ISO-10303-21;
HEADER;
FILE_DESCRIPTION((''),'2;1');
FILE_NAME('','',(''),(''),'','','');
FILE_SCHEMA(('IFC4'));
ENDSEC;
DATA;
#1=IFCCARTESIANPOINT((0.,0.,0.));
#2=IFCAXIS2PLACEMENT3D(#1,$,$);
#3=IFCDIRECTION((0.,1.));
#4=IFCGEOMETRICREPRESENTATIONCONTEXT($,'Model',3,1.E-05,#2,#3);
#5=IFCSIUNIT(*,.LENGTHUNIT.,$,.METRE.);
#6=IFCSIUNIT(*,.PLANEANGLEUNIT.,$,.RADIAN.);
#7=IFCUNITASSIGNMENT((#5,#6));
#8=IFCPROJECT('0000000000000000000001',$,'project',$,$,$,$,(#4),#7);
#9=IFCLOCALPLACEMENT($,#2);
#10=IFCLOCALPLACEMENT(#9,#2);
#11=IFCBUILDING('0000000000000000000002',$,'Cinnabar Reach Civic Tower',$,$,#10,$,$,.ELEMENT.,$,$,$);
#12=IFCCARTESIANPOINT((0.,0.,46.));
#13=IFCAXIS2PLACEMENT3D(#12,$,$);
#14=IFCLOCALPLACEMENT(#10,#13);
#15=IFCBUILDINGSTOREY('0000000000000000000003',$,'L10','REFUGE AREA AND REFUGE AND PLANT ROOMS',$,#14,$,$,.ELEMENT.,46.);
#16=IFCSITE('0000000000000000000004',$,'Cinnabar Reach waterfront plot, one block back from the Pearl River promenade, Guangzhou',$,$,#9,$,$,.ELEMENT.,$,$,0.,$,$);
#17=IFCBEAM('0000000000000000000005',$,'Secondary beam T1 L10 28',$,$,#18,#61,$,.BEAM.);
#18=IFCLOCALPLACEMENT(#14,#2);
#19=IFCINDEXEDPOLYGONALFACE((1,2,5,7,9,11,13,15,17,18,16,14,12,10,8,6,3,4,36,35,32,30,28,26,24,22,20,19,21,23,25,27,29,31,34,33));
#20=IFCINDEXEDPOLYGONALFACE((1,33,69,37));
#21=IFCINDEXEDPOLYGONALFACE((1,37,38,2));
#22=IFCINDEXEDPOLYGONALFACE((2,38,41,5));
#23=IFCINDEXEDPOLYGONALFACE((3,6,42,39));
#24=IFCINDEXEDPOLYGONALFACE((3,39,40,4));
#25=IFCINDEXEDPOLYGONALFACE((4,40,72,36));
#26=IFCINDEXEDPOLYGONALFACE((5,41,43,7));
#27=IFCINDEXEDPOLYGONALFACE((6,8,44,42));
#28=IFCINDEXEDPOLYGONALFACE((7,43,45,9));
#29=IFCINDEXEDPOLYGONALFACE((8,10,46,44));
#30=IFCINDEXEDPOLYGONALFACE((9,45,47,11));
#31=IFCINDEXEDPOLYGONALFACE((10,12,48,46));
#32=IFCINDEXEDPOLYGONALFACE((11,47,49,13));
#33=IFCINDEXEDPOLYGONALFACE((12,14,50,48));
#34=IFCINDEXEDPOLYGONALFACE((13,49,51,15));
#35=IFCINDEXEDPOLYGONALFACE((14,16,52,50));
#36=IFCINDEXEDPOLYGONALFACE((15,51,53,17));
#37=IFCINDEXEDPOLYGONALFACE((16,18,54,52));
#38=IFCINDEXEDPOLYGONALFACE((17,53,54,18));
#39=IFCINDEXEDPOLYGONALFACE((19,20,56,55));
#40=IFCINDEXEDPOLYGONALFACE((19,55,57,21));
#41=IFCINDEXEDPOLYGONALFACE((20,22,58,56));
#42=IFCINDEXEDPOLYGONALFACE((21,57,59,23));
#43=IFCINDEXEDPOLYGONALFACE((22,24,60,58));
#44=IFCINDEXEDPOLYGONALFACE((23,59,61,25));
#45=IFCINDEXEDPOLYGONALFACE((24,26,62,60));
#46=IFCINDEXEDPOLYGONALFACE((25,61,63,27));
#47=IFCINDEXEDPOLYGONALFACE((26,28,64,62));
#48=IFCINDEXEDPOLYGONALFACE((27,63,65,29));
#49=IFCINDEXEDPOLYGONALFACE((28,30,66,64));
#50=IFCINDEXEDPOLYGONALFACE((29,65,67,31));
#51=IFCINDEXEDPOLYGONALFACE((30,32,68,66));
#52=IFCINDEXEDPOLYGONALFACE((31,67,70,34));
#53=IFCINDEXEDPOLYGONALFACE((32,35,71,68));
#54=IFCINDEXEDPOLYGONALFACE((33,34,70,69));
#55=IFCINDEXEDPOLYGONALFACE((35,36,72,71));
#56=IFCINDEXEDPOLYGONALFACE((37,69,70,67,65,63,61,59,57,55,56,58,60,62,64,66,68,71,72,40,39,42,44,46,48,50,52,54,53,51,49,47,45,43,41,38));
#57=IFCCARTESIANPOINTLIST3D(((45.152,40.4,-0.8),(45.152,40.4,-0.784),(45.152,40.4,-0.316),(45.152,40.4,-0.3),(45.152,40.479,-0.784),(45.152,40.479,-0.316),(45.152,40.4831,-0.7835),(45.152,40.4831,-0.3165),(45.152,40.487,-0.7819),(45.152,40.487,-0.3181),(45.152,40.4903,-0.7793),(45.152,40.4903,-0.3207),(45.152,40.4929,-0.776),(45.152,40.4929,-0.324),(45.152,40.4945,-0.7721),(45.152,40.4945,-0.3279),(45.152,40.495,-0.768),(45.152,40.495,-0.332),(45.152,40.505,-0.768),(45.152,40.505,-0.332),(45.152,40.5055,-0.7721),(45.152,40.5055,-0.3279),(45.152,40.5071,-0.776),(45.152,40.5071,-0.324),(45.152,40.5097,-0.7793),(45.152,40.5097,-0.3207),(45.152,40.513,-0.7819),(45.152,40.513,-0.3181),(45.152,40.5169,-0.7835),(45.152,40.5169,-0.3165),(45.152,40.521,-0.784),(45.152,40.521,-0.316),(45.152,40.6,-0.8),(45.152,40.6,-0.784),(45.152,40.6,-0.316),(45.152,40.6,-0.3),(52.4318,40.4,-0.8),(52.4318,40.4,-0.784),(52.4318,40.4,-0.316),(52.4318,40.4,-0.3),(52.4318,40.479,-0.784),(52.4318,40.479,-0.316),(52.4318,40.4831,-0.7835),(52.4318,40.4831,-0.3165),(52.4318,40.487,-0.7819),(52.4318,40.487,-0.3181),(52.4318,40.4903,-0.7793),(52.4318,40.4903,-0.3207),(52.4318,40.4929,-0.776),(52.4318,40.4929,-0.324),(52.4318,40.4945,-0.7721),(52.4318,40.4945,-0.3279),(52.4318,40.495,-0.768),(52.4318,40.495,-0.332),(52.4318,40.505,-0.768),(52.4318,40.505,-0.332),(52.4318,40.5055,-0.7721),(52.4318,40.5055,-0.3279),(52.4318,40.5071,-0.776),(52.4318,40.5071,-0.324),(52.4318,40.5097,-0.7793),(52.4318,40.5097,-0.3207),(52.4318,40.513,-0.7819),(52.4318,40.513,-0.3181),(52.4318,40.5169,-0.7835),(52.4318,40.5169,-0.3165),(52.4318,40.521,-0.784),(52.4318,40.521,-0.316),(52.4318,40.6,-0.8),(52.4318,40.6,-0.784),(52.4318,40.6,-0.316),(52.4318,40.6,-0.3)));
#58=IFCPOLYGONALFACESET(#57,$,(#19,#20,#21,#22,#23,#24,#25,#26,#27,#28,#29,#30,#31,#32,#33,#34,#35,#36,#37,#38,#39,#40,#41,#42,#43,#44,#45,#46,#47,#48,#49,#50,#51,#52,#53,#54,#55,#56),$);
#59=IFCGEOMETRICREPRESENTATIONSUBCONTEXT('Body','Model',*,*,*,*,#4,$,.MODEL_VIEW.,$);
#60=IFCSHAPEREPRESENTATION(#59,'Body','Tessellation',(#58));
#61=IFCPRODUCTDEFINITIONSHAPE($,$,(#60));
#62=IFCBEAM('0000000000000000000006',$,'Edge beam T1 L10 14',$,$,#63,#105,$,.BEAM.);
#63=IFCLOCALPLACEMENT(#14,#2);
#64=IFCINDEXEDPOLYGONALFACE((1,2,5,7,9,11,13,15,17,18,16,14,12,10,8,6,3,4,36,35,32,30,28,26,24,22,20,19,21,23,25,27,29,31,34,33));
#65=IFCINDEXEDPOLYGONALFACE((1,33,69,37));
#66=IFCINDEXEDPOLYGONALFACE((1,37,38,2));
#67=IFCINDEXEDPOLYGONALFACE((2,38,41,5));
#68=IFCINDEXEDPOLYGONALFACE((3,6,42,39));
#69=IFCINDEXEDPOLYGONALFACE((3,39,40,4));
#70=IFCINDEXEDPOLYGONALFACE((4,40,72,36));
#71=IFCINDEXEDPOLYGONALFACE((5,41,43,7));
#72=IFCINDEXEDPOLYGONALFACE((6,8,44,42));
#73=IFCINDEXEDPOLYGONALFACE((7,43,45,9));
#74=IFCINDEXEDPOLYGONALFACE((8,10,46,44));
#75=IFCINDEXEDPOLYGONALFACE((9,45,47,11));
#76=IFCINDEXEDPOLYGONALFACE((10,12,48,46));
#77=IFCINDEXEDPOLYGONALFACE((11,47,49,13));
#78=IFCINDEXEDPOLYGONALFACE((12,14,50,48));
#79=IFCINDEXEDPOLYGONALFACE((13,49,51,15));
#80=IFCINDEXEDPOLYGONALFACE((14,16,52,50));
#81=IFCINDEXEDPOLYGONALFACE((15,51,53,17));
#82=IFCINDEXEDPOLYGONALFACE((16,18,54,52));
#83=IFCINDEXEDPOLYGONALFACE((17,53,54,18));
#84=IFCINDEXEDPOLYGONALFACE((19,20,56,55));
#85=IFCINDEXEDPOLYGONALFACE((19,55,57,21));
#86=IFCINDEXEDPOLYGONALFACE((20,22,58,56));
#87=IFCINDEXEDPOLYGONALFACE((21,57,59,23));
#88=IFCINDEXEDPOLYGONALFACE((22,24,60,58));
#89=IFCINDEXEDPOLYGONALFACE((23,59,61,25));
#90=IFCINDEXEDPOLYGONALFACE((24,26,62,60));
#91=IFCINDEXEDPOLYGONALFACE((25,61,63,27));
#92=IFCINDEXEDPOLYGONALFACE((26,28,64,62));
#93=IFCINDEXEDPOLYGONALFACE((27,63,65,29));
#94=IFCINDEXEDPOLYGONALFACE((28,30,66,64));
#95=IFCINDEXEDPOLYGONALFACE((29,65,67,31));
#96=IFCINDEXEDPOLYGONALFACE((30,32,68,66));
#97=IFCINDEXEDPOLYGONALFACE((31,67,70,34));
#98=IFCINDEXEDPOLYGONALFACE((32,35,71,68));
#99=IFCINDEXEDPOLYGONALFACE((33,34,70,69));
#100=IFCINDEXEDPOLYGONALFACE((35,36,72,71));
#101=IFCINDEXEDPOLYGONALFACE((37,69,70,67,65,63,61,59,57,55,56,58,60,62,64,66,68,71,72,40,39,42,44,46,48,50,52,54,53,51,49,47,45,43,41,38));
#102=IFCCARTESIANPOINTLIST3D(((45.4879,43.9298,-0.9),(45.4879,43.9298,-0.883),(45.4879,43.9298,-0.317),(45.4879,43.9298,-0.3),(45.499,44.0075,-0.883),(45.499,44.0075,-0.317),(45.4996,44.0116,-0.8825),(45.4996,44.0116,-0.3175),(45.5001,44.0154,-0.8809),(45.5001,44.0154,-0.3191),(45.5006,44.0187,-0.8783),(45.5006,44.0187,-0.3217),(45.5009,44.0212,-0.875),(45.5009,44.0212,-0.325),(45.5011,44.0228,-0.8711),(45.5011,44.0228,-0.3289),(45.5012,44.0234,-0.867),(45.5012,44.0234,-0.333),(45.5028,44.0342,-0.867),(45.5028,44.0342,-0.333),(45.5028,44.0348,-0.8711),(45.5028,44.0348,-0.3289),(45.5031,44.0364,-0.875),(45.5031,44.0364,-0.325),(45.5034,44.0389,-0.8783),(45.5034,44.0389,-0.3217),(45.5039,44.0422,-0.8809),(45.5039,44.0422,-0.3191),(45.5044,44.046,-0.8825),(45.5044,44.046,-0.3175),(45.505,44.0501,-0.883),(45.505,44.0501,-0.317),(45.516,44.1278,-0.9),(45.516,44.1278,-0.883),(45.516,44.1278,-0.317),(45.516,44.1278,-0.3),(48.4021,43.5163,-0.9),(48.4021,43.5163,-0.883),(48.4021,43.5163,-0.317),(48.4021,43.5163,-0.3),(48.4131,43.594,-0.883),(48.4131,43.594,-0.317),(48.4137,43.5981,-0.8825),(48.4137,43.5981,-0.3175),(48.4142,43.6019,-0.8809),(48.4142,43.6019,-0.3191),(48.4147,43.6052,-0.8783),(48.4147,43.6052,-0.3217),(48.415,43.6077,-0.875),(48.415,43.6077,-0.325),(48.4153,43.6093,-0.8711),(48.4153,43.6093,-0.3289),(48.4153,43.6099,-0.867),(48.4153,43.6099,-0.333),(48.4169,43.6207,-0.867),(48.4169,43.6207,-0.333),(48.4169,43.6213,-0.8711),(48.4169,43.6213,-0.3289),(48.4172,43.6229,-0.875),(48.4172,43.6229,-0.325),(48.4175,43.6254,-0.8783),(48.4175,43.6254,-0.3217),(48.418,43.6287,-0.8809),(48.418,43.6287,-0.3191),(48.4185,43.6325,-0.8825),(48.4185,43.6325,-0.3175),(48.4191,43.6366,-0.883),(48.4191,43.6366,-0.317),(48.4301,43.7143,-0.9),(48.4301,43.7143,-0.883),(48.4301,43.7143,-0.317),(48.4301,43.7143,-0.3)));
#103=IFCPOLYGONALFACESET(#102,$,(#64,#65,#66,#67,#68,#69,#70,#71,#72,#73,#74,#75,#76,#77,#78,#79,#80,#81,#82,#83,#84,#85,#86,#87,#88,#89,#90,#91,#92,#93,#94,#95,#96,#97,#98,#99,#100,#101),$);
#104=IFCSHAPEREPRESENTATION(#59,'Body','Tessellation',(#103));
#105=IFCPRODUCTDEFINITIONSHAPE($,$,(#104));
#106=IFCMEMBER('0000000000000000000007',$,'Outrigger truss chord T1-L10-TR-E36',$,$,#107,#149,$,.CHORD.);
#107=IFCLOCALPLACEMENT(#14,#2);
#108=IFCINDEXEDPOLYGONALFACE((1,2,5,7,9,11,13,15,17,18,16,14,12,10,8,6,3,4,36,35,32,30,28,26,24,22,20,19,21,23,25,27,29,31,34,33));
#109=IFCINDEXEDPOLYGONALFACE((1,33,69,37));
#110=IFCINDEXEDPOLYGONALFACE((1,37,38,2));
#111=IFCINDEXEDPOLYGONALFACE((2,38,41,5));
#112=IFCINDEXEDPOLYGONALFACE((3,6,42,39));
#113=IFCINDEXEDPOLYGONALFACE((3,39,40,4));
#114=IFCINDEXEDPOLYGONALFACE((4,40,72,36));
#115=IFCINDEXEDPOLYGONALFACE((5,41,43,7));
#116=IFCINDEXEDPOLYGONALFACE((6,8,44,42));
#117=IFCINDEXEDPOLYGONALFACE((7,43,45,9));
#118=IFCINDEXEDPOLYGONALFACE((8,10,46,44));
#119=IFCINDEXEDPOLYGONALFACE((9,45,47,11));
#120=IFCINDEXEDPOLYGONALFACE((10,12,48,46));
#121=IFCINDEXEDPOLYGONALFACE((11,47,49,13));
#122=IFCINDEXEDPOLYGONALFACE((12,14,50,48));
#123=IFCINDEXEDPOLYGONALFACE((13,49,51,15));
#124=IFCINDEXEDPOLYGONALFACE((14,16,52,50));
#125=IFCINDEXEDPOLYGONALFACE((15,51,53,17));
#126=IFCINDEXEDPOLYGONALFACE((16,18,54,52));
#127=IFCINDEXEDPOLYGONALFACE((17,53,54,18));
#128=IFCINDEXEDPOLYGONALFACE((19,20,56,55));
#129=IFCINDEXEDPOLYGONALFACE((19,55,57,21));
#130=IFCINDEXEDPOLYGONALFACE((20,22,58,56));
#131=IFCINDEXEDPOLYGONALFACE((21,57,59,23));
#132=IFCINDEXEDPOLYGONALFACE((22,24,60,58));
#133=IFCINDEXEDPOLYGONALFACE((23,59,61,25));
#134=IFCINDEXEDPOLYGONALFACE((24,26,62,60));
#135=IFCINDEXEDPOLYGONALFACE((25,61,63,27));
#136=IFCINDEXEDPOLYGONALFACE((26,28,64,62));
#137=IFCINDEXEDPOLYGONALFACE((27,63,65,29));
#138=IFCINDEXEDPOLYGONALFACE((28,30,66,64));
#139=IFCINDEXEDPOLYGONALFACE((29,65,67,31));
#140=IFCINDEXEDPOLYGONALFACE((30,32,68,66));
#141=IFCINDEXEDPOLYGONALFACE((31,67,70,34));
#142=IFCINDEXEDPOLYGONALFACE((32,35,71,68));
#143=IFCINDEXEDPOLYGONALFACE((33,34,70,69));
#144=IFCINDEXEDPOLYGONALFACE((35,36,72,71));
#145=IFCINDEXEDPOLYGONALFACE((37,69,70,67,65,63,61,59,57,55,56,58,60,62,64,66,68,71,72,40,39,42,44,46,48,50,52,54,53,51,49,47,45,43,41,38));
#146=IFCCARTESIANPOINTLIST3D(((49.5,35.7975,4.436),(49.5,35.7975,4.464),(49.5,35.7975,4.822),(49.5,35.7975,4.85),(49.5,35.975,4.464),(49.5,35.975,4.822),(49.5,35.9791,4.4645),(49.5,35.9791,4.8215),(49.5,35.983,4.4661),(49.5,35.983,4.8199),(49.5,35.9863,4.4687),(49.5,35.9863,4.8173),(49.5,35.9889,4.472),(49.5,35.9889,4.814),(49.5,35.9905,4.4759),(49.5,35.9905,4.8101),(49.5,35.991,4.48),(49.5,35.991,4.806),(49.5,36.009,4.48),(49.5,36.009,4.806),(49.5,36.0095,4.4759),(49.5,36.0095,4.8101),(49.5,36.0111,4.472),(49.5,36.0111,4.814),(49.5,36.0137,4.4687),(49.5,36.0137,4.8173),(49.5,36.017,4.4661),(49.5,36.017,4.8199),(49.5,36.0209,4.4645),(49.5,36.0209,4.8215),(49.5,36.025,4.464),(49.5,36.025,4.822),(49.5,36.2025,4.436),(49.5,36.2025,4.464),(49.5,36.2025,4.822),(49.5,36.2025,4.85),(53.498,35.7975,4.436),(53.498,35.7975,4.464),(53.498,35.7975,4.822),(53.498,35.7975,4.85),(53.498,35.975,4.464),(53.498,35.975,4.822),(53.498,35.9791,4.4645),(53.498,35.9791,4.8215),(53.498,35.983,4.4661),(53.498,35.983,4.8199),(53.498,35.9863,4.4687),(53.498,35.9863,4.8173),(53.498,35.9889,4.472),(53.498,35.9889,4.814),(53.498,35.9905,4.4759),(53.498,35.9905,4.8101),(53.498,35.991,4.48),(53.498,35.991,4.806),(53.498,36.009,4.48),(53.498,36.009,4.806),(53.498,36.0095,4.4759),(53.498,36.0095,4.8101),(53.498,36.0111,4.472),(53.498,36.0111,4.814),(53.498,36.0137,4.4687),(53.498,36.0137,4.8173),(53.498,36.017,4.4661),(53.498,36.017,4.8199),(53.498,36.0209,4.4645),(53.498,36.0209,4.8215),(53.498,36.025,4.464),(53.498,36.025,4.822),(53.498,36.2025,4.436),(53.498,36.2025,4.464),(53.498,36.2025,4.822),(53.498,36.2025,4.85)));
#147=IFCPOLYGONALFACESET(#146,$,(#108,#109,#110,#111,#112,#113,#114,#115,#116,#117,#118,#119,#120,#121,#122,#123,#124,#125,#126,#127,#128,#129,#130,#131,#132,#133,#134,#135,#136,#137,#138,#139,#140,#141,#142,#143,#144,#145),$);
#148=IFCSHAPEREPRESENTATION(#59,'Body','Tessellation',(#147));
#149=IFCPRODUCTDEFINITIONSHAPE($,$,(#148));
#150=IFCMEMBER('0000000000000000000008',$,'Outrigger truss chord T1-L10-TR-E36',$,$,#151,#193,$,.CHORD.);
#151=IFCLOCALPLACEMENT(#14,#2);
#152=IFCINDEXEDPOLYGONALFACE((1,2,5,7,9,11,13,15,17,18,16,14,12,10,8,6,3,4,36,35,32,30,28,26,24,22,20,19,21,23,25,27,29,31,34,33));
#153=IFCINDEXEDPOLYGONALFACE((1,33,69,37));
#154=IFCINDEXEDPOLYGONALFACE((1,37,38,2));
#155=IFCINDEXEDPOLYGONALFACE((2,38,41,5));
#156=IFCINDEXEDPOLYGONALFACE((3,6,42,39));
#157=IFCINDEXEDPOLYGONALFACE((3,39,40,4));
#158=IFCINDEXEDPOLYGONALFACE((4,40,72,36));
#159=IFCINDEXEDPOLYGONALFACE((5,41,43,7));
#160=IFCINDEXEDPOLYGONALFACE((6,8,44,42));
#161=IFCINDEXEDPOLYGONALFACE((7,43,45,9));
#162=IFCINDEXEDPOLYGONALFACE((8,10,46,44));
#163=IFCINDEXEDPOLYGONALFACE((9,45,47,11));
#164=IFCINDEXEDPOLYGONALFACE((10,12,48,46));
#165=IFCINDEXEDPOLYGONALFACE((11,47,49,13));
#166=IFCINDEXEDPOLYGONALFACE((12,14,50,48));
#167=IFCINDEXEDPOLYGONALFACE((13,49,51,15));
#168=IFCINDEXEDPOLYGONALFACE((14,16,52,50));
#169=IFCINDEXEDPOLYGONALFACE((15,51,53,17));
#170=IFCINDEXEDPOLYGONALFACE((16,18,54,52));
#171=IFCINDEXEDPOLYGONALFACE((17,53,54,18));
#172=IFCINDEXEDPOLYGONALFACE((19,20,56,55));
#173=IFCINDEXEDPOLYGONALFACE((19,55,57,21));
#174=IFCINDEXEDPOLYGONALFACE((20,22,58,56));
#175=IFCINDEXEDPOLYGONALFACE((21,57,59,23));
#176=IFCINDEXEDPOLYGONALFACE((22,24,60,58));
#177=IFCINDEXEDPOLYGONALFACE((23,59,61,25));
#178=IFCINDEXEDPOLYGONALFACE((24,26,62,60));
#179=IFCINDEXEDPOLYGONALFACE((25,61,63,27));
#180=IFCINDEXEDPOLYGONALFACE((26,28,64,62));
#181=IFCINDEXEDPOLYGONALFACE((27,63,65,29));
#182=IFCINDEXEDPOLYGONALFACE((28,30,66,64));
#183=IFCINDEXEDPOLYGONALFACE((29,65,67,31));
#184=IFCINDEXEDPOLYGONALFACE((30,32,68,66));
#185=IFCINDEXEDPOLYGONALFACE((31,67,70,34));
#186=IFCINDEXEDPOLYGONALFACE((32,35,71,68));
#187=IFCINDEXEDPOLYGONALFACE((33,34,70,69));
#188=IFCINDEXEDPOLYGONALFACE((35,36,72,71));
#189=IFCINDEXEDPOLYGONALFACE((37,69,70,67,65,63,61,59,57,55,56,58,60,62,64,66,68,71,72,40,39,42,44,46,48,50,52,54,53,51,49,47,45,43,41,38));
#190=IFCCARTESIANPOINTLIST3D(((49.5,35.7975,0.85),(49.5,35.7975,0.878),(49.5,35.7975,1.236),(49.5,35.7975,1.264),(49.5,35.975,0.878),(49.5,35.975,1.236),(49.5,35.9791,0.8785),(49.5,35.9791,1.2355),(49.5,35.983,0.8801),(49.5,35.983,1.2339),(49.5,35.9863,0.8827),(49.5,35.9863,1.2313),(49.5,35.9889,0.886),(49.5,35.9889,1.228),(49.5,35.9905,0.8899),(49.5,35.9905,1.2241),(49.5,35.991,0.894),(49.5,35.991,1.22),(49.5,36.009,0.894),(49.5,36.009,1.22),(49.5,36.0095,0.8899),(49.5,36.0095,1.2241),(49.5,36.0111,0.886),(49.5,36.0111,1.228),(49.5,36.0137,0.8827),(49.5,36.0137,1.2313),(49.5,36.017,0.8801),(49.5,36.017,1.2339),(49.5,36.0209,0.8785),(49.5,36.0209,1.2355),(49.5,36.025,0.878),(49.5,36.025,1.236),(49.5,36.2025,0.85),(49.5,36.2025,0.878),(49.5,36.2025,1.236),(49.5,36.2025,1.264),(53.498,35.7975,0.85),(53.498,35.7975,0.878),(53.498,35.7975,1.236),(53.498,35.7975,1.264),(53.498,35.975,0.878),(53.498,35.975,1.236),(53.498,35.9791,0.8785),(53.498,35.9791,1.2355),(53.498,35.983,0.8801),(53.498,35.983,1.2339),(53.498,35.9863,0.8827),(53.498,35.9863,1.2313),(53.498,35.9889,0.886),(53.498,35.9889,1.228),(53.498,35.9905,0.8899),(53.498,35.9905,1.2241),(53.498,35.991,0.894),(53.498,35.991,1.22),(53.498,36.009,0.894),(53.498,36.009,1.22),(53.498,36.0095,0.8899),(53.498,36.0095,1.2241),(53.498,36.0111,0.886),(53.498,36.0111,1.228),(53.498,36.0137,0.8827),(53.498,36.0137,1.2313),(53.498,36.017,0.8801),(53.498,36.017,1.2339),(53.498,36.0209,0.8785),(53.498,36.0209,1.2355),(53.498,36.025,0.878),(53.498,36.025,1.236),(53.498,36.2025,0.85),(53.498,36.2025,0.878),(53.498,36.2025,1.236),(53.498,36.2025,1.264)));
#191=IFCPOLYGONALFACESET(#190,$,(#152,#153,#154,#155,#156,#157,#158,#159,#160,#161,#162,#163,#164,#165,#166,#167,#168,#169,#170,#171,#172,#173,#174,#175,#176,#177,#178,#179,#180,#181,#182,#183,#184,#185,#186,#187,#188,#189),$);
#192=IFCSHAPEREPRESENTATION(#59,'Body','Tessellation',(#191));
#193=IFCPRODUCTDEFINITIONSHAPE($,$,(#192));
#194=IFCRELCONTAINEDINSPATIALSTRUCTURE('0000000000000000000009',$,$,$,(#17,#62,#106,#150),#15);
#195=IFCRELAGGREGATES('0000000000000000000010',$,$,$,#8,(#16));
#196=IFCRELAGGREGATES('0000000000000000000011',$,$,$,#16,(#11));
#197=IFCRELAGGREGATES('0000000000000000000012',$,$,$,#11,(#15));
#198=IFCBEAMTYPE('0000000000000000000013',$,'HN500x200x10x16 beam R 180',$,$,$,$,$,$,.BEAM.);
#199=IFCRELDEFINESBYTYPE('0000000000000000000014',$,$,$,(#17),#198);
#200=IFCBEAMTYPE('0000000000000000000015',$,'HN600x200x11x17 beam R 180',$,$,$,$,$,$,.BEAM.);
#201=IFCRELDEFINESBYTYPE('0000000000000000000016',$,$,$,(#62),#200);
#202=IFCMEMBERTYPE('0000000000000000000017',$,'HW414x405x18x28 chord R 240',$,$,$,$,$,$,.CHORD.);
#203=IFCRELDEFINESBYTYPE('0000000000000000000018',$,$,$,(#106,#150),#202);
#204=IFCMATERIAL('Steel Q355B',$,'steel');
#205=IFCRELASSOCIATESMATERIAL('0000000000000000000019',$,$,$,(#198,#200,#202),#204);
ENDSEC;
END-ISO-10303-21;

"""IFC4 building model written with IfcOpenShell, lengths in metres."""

from ifc_helpers import new_model, si_unit, direction, frame, origin, origin_2d, place, context, subcontext, project, spatial, i_section, extrude, material, material_profile, profile_set, type_object, element, save


model = new_model("IFC4")

# Units and contexts
model_context = context("Model", 3, precision=1e-05, world=origin(), true_north=direction((0.0, 1.0)))
body_context = subcontext(model_context, "Body", "Model", "MODEL_VIEW")
ifc_project = project(units=[si_unit("LENGTHUNIT", "METRE"), si_unit("PLANEANGLEUNIT", "RADIAN")], contexts=[model_context])

# Site, building, storey
site_placement = place(None, origin())
site = spatial("IfcSite", under=ifc_project, at=site_placement, Name="Cinnabar Reach waterfront plot, one block back from the Pearl River promenade, Guangzhou", CompositionType="ELEMENT", RefElevation=0.0)
building_placement = place(site_placement, origin())
building = spatial("IfcBuilding", under=site, at=building_placement, Name="Cinnabar Reach Civic Tower", CompositionType="ELEMENT")
storey_placement = place(building_placement, frame((0.0, 0.0, 46.0)))
storey = spatial("IfcBuildingStorey", under=building, at=storey_placement, Name="L10", Description="REFUGE AREA AND REFUGE AND PLANT ROOMS", CompositionType="ELEMENT", Elevation=46.0)

# Shared definitions
ifc_material_1 = material(Name="Steel Q355B", Category="steel")

# Beams
ifc_material_profile_1 = material_profile(ifc_material_1, i_section(OverallWidth=0.2, OverallDepth=0.5, WebThickness=0.01, FlangeThickness=0.016, FilletRadius=0.016, at=origin_2d()), Name="HN500x200x10x16")
ifc_profile_set_1 = profile_set([ifc_material_profile_1], Name="Steel Q355B")
beam_type_1 = type_object("IfcBeamType", Name="HN500x200x10x16 beam R 180", PredefinedType="BEAM", material=ifc_profile_set_1)
beam_1_placement = place(storey_placement, frame((45.152, 40.5, -0.55), z_axis=(1.0, 0.0, 0.0), x_axis=(0.0, 1.0, 0.0)))
element("IfcBeam", 1, at=beam_1_placement, inside=storey, type_object=beam_type_1, Name="Secondary beam T1 L10 28", PredefinedType="BEAM", context=body_context, shape_type="SweptSolid", body=[
    extrude(i_section(OverallWidth=0.2, OverallDepth=0.5, WebThickness=0.01, FlangeThickness=0.016, FilletRadius=0.016, at=origin_2d()), origin(), (0.0, 0.0, 1.0), 7.2798),
])
ifc_material_profile_2 = material_profile(ifc_material_1, i_section(OverallWidth=0.2, OverallDepth=0.6, WebThickness=0.011, FlangeThickness=0.017, FilletRadius=0.016, at=origin_2d()), Name="HN600x200x11x17")
ifc_profile_set_2 = profile_set([ifc_material_profile_2], Name="Steel Q355B")
beam_type_2 = type_object("IfcBeamType", Name="HN600x200x11x17 beam R 180", PredefinedType="BEAM", material=ifc_profile_set_2)
beam_2_placement = place(storey_placement, frame((48.4161, 43.6153, -0.6), z_axis=(-0.990082, 0.140489, 0.0), x_axis=(-0.140489, -0.990082, 0.0)))
element("IfcBeam", 2, at=beam_2_placement, inside=storey, type_object=beam_type_2, Name="Edge beam T1 L10 14", PredefinedType="BEAM", context=body_context, shape_type="SweptSolid", body=[
    extrude(i_section(OverallWidth=0.2, OverallDepth=0.6, WebThickness=0.011, FlangeThickness=0.017, FilletRadius=0.016, at=origin_2d()), origin(), (0.0, 0.0, 1.0), 2.9433),
])

# Members
ifc_material_profile_3 = material_profile(ifc_material_1, i_section(OverallWidth=0.405, OverallDepth=0.414, WebThickness=0.018, FlangeThickness=0.028, FilletRadius=0.016, at=origin_2d()), Name="HW414x405x18x28")
ifc_profile_set_3 = profile_set([ifc_material_profile_3], Name="Steel Q355B")
member_type_1 = type_object("IfcMemberType", Name="HW414x405x18x28 chord R 240", PredefinedType="CHORD", material=ifc_profile_set_3)
for number, where, z_axis, x_axis, name in (
    (3, (49.5, 36.0, 4.643), (1.0, 0.0, 0.0), (0.0, 1.0, 0.0), "Outrigger truss chord T1-L10-TR-E36"),
    (4, (49.5, 36.0, 1.057), (1.0, 0.0, 0.0), (0.0, 1.0, 0.0), "Outrigger truss chord T1-L10-TR-E36"),
):
    element("IfcMember", number, at=place(storey_placement, frame(where, z_axis=z_axis, x_axis=x_axis)), inside=storey, type_object=member_type_1, Name=name, PredefinedType="CHORD", context=body_context, shape_type="SweptSolid", body=[
        extrude(i_section(OverallWidth=0.405, OverallDepth=0.414, WebThickness=0.018, FlangeThickness=0.028, FilletRadius=0.016, at=origin_2d()), origin(), (0.0, 0.0, 1.0), 3.998),
    ])

save(model, "model.ifc")
